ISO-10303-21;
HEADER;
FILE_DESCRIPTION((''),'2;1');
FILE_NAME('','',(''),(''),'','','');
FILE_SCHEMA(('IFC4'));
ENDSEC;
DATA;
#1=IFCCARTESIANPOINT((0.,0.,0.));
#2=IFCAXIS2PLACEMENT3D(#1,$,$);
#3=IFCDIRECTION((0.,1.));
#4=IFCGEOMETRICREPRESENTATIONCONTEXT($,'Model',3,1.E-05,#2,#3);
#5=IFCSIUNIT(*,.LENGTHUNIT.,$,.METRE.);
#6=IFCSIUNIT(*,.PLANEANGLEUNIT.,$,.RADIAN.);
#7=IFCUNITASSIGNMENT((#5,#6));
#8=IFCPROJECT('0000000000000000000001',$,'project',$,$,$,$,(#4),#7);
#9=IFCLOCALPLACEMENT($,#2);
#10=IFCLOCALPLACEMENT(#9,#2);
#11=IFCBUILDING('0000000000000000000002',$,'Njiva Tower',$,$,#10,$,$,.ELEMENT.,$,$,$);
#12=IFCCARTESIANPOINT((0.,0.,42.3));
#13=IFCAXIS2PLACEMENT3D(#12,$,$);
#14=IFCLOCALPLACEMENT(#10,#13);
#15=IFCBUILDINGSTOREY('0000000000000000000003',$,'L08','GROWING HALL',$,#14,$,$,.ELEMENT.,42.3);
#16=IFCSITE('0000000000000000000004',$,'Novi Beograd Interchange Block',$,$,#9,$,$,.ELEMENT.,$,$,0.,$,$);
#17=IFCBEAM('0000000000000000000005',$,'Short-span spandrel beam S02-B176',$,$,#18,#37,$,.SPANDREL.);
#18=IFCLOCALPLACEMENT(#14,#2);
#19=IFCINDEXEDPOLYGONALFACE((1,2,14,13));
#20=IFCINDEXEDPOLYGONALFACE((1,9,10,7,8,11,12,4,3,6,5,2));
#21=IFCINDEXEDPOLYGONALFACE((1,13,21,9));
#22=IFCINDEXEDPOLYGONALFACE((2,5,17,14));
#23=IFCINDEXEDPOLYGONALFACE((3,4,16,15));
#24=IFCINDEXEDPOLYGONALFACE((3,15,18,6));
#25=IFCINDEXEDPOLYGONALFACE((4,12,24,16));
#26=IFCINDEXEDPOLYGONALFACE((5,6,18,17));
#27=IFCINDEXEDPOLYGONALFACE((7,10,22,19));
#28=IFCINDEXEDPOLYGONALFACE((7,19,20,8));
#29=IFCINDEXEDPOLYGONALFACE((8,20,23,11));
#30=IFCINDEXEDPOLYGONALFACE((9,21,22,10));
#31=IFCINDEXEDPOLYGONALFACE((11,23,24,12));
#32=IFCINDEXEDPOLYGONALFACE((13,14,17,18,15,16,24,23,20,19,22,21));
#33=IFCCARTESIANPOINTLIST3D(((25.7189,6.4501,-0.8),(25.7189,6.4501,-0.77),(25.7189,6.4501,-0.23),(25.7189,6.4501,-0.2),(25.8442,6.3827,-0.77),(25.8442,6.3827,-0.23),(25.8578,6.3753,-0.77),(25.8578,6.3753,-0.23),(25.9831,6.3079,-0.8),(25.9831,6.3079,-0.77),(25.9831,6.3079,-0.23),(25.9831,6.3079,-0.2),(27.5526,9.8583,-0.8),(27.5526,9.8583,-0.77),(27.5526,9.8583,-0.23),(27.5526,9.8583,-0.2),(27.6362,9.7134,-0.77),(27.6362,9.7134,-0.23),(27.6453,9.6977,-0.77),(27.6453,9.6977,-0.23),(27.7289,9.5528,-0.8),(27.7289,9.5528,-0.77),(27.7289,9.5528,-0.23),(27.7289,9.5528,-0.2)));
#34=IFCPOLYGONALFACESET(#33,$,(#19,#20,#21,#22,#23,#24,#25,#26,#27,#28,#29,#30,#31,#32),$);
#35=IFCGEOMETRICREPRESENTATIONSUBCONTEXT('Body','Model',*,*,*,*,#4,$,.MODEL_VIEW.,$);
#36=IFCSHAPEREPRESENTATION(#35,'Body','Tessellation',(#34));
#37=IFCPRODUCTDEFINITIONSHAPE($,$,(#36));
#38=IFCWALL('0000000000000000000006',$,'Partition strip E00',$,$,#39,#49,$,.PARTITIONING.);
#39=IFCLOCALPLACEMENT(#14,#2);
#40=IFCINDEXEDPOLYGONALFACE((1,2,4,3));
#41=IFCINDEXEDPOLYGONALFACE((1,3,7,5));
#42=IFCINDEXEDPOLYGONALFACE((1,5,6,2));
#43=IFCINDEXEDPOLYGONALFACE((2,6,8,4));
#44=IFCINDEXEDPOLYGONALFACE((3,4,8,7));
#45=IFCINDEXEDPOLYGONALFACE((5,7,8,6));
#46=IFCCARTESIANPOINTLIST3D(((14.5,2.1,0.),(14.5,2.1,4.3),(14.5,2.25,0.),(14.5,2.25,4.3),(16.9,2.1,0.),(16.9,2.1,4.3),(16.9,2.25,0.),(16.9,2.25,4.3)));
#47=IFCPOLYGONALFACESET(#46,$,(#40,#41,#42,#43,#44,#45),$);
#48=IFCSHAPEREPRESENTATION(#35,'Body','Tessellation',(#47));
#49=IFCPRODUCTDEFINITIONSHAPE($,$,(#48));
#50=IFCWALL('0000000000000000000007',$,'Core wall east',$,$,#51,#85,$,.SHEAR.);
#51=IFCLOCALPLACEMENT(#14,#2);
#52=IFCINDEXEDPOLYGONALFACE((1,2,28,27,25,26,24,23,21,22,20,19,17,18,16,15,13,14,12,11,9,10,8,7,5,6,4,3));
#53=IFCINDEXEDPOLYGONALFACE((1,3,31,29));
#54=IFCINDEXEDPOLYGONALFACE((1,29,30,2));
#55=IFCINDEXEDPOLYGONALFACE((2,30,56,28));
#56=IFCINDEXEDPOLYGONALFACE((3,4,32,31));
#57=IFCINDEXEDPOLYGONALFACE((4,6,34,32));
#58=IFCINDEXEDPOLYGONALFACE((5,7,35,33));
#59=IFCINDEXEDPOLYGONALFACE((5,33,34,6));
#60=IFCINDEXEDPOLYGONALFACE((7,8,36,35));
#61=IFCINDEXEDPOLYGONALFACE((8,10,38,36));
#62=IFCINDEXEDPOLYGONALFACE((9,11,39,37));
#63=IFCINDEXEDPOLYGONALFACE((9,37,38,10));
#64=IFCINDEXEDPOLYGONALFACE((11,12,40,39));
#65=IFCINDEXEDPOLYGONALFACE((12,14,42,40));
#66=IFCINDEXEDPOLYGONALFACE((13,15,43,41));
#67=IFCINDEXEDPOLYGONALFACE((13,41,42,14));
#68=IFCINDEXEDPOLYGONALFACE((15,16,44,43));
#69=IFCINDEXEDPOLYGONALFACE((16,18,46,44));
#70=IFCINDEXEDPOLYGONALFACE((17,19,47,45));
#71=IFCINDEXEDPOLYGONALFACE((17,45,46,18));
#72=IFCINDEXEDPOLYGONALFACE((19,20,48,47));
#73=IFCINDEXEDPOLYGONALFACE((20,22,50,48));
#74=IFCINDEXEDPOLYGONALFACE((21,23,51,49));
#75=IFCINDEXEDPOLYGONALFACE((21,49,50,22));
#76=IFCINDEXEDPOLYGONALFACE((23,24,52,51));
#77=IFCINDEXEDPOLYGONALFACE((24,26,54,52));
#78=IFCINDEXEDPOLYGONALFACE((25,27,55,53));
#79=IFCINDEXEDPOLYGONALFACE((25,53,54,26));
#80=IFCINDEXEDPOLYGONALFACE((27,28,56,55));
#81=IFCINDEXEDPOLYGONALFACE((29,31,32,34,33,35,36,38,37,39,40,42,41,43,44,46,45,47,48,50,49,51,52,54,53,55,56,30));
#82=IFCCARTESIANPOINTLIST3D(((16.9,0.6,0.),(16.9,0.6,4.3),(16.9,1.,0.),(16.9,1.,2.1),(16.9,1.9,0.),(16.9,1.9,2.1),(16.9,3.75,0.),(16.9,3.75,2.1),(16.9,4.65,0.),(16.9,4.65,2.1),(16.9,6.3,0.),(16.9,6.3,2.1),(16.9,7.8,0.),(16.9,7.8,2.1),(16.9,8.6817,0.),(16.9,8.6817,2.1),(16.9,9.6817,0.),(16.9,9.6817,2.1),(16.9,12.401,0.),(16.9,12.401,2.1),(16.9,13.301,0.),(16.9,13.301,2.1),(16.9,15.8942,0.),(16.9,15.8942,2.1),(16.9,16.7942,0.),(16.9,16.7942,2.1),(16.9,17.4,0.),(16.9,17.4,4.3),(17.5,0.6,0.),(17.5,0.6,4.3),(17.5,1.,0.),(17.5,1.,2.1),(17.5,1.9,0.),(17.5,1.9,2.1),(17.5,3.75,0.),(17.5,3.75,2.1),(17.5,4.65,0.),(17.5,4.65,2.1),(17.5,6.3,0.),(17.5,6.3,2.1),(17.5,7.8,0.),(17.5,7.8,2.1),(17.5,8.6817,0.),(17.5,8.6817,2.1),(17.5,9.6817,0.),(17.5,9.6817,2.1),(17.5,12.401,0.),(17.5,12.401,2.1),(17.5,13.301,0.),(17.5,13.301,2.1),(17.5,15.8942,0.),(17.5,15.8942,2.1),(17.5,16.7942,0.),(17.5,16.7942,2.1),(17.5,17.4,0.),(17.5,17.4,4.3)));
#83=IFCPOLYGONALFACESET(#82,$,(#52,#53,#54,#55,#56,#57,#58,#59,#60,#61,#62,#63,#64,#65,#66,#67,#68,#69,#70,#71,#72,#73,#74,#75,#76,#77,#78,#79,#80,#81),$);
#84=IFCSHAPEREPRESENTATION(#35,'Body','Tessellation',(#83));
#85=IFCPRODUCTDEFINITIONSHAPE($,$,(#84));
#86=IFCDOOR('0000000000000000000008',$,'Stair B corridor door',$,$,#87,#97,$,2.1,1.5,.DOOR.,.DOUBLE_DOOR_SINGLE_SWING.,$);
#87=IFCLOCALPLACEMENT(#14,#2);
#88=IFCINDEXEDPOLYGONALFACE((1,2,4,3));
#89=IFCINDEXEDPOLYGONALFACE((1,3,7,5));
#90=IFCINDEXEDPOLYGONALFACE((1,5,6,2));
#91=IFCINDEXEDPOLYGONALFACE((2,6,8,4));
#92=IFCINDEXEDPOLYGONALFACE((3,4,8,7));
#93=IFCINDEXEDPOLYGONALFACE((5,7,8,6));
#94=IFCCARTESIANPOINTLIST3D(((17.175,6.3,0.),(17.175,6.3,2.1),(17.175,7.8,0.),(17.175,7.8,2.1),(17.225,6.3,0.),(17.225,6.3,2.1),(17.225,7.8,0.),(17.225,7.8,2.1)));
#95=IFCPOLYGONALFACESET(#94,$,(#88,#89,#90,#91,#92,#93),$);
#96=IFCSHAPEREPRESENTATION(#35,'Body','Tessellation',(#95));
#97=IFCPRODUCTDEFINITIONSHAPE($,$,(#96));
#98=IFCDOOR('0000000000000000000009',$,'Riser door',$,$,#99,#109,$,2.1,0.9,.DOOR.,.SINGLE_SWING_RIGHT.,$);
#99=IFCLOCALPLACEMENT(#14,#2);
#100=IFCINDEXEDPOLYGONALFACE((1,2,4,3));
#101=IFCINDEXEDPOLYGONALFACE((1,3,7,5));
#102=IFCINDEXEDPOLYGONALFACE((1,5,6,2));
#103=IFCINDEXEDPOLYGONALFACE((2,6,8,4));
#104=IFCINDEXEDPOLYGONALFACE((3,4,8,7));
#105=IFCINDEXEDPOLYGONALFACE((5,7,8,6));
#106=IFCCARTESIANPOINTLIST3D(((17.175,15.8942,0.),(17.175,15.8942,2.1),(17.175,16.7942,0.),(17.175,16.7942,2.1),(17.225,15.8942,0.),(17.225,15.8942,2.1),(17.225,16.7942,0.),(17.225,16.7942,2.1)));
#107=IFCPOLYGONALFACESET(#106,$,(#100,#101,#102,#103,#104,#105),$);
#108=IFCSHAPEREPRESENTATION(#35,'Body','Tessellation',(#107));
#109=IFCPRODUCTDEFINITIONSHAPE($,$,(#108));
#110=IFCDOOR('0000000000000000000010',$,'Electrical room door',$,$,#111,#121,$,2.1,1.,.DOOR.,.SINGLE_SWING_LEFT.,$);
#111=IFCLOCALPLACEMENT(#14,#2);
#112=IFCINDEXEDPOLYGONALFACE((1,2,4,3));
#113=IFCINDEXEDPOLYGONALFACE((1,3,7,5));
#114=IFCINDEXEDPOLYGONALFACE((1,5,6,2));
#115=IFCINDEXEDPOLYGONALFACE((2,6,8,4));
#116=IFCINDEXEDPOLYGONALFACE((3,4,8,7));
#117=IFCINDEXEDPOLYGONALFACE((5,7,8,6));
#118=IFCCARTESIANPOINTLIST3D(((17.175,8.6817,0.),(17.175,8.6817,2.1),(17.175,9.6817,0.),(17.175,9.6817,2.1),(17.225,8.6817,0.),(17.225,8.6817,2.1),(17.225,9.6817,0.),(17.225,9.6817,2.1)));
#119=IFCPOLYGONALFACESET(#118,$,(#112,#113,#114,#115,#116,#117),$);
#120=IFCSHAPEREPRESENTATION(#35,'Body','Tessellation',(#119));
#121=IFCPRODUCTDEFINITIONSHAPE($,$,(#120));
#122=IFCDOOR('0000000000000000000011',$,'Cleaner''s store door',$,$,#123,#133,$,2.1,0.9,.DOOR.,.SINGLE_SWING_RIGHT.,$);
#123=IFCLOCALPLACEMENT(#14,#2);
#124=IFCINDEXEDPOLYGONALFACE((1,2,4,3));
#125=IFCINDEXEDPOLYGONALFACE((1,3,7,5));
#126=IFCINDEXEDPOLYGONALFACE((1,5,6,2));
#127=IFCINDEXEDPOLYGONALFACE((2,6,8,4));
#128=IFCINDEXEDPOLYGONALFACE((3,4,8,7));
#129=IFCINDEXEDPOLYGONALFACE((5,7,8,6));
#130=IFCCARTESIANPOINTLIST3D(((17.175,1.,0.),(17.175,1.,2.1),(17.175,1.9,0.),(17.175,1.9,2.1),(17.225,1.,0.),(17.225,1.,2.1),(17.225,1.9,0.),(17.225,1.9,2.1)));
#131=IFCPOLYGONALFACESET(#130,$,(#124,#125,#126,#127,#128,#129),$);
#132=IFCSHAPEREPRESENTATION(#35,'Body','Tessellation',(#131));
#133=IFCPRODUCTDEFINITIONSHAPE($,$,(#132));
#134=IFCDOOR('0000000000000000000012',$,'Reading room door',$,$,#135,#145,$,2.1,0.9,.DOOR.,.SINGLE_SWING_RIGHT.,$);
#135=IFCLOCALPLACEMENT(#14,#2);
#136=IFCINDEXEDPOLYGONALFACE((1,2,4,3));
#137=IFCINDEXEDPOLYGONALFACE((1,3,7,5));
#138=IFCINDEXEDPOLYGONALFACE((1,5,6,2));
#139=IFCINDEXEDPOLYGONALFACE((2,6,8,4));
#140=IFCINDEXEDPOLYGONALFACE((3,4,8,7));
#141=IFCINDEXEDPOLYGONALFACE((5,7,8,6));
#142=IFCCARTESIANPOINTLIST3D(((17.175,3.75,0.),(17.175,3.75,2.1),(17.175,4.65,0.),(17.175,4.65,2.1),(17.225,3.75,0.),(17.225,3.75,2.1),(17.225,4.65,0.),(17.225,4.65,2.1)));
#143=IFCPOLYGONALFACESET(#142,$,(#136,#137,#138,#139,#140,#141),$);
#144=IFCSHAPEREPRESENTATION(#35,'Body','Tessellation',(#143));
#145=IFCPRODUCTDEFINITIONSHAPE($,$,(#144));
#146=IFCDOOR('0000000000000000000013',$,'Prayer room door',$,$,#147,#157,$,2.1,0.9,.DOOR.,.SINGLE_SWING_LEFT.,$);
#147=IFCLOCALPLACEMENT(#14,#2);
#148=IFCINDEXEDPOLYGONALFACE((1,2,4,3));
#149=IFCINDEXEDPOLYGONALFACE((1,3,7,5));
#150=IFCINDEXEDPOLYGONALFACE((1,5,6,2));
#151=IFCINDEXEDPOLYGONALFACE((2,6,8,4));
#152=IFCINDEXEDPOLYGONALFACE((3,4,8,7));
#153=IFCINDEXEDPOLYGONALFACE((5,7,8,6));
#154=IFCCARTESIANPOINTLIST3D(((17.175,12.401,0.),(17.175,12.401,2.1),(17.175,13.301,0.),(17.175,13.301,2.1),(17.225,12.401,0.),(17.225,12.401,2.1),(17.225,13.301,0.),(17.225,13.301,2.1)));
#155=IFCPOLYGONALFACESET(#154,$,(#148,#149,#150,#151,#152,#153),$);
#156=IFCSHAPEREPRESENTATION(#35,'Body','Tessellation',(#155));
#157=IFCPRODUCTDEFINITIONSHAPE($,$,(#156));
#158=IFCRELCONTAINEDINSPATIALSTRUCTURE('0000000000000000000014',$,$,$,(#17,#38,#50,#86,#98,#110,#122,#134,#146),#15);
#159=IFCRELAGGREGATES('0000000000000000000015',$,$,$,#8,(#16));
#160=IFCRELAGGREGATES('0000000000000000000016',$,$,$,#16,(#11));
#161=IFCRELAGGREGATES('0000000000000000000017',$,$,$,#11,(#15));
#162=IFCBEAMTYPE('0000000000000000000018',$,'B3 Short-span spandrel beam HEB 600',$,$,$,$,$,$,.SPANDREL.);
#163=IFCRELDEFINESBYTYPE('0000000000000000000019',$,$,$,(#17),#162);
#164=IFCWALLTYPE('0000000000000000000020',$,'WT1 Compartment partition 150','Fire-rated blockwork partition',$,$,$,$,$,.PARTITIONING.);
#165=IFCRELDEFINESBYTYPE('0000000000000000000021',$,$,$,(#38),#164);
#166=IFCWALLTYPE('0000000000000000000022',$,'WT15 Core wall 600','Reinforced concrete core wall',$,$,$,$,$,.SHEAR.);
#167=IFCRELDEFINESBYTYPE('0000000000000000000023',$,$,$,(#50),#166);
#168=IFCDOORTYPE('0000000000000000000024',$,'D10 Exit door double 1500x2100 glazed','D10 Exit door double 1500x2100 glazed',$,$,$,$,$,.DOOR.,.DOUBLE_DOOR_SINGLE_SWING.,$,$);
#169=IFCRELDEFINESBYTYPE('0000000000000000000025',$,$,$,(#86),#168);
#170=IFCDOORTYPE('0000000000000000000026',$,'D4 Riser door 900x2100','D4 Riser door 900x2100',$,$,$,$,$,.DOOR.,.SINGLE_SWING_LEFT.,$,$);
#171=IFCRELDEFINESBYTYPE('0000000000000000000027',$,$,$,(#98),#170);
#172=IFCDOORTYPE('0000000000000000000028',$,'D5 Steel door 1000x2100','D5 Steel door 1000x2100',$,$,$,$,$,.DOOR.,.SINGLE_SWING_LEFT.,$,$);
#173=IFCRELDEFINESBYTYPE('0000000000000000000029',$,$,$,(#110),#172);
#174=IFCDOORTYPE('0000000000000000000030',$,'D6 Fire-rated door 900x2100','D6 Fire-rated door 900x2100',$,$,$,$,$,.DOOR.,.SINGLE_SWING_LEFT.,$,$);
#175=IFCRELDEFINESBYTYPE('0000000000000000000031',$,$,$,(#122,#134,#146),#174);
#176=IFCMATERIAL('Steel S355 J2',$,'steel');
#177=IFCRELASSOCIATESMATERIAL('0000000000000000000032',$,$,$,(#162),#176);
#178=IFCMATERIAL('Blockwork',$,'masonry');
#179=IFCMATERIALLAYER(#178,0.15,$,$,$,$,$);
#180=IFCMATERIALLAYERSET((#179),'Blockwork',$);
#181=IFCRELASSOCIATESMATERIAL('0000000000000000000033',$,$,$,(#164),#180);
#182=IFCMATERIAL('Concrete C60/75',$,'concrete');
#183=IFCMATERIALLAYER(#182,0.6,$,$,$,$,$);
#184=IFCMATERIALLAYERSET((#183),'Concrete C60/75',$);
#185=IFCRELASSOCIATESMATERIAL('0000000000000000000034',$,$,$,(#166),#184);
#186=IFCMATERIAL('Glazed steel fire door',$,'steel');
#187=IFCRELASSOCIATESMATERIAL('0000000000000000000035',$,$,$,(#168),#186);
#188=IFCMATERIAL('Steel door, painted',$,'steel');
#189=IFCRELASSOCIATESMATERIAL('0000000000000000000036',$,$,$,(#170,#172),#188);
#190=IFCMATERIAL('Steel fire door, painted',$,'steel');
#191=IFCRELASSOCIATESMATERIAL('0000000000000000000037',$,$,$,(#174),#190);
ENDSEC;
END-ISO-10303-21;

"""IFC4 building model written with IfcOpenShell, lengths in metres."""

from ifc_helpers import new_model, si_unit, direction, frame, frame_2d, origin, origin_2d, place, context, subcontext, project, spatial, rectangle, i_section, extrude, clip, halfspace, material, layer, layer_set, material_profile, profile_set, type_object, element, fill, save


model = new_model("IFC4")

# Units and contexts
model_context = context("Model", 3, precision=1e-05, world=origin(), true_north=direction((0.0, 1.0)))
body_context = subcontext(model_context, "Body", "Model", "MODEL_VIEW")
ifc_project = project(units=[si_unit("LENGTHUNIT", "METRE"), si_unit("PLANEANGLEUNIT", "RADIAN")], contexts=[model_context])

# Site, building, storey
site_placement = place(None, origin())
site = spatial("IfcSite", under=ifc_project, at=site_placement, Name="Novi Beograd Interchange Block", CompositionType="ELEMENT", RefElevation=0.0)
building_placement = place(site_placement, origin())
building = spatial("IfcBuilding", under=site, at=building_placement, Name="Njiva Tower", CompositionType="ELEMENT")
storey_placement = place(building_placement, frame((0.0, 0.0, 42.3)))
storey = spatial("IfcBuildingStorey", under=building, at=storey_placement, Name="L08", Description="GROWING HALL", CompositionType="ELEMENT", Elevation=42.3)

# Shared definitions
ifc_material_1 = material(Name="Steel S355 J2", Category="steel")

# Beam
ifc_material_profile_1 = material_profile(ifc_material_1, i_section(OverallWidth=0.3, OverallDepth=0.6, WebThickness=0.0155, FlangeThickness=0.03, at=origin_2d()), Name="HEB 600")
ifc_profile_set_1 = profile_set([ifc_material_profile_1], Name="Steel S355 J2")
beam_type_1 = type_object("IfcBeamType", Name="B3 Short-span spandrel beam HEB 600", PredefinedType="SPANDREL", material=ifc_profile_set_1)
beam_1_placement = place(storey_placement, frame((25.851, 6.379, -0.5), z_axis=(0.4738, 0.880633, 0.0), x_axis=(-0.880633, 0.4738, 0.0)))
element("IfcBeam", 1, at=beam_1_placement, inside=storey, type_object=beam_type_1, Name="Short-span spandrel beam S02-B176", PredefinedType="SPANDREL", context=body_context, shape_type="Clipping", body=[
    clip(extrude(i_section(OverallWidth=0.3, OverallDepth=0.6, WebThickness=0.0155, FlangeThickness=0.03, at=origin_2d()), origin(), (0.0, 0.0, 1.0), 3.891), halfspace(frame((-0.0263, 0.0, 3.7612), z_axis=(-0.525752, 0.0, 0.850638), x_axis=(0.0, 1.0, 0.0)), False)),
])

# Wall
ifc_material_2 = material(Name="Blockwork", Category="masonry")
ifc_layer_1 = layer(ifc_material_2, 0.15)
ifc_layer_set_1 = layer_set([ifc_layer_1], Name="Blockwork")
wall_type_1 = type_object("IfcWallType", Name="WT1 Compartment partition 150", Description="Fire-rated blockwork partition", PredefinedType="PARTITIONING", material=ifc_layer_set_1)
wall_1_placement = place(storey_placement, frame((14.5, 2.175, 0.0), z_axis=(0.0, 0.0, 1.0), x_axis=(1.0, 0.0, 0.0)))
element("IfcWall", 2, at=wall_1_placement, inside=storey, type_object=wall_type_1, Name="Partition strip E00", PredefinedType="PARTITIONING", context=body_context, shape_type="SweptSolid", body=[
    extrude(rectangle(XDim=2.4, YDim=0.15, at=frame_2d((1.2, 0.0))), origin(), (0.0, 0.0, 1.0), 4.3),
])

# Wall, openings, doors
ifc_material_3 = material(Name="Concrete C60/75", Category="concrete")
ifc_layer_2 = layer(ifc_material_3, 0.6)
ifc_layer_set_2 = layer_set([ifc_layer_2], Name="Concrete C60/75")
wall_type_2 = type_object("IfcWallType", Name="WT15 Core wall 600", Description="Reinforced concrete core wall", PredefinedType="SHEAR", material=ifc_layer_set_2)
wall_2_placement = place(storey_placement, frame((17.2, 0.6, 0.0), z_axis=(0.0, 0.0, 1.0), x_axis=(0.0, 1.0, 0.0)))
wall_2 = element("IfcWall", 3, at=wall_2_placement, inside=storey, type_object=wall_type_2, Name="Core wall east", PredefinedType="SHEAR", context=body_context, shape_type="SweptSolid", body=[
    extrude(rectangle(XDim=16.8, YDim=0.6, at=frame_2d((8.4, 0.0))), origin(), (0.0, 0.0, 1.0), 4.3),
])
opening_1_placement = place(wall_2_placement, frame((5.7, 0.0, 0.0)))
opening_1 = element("IfcOpeningElement", 4, at=opening_1_placement, cuts=wall_2, PredefinedType="OPENING", context=body_context, shape_type="SweptSolid", body=[
    extrude(rectangle(XDim=1.5, YDim=2.1, at=frame_2d((0.75, 1.05))), frame((0.0, 0.31, 0.0), z_axis=(0.0, -1.0, 0.0), x_axis=(1.0, 0.0, 0.0)), (0.0, 0.0, 1.0), 0.62),
])
opening_2_placement = place(wall_2_placement, frame((0.4, 0.0, 0.0)))
opening_2 = element("IfcOpeningElement", 5, at=opening_2_placement, cuts=wall_2, PredefinedType="OPENING", context=body_context, shape_type="SweptSolid", body=[
    extrude(rectangle(XDim=0.9, YDim=2.1, at=frame_2d((0.45, 1.05))), frame((0.0, 0.31, 0.0), z_axis=(0.0, -1.0, 0.0), x_axis=(1.0, 0.0, 0.0)), (0.0, 0.0, 1.0), 0.62),
])
opening_3_placement = place(wall_2_placement, frame((3.15, 0.0, 0.0)))
opening_3 = element("IfcOpeningElement", 6, at=opening_3_placement, cuts=wall_2, PredefinedType="OPENING", context=body_context, shape_type="SweptSolid", body=[
    extrude(rectangle(XDim=0.9, YDim=2.1, at=frame_2d((0.45, 1.05))), frame((0.0, 0.31, 0.0), z_axis=(0.0, -1.0, 0.0), x_axis=(1.0, 0.0, 0.0)), (0.0, 0.0, 1.0), 0.62),
])
opening_4_placement = place(wall_2_placement, frame((8.0817, 0.0, 0.0)))
opening_4 = element("IfcOpeningElement", 7, at=opening_4_placement, cuts=wall_2, PredefinedType="OPENING", context=body_context, shape_type="SweptSolid", body=[
    extrude(rectangle(XDim=1.0, YDim=2.1, at=frame_2d((0.5, 1.05))), frame((0.0, 0.31, 0.0), z_axis=(0.0, -1.0, 0.0), x_axis=(1.0, 0.0, 0.0)), (0.0, 0.0, 1.0), 0.62),
])
opening_5_placement = place(wall_2_placement, frame((11.801, 0.0, 0.0)))
opening_5 = element("IfcOpeningElement", 8, at=opening_5_placement, cuts=wall_2, PredefinedType="OPENING", context=body_context, shape_type="SweptSolid", body=[
    extrude(rectangle(XDim=0.9, YDim=2.1, at=frame_2d((0.45, 1.05))), frame((0.0, 0.31, 0.0), z_axis=(0.0, -1.0, 0.0), x_axis=(1.0, 0.0, 0.0)), (0.0, 0.0, 1.0), 0.62),
])
opening_6_placement = place(wall_2_placement, frame((15.2942, 0.0, 0.0)))
opening_6 = element("IfcOpeningElement", 9, at=opening_6_placement, cuts=wall_2, PredefinedType="OPENING", context=body_context, shape_type="SweptSolid", body=[
    extrude(rectangle(XDim=0.9, YDim=2.1, at=frame_2d((0.45, 1.05))), frame((0.0, 0.31, 0.0), z_axis=(0.0, -1.0, 0.0), x_axis=(1.0, 0.0, 0.0)), (0.0, 0.0, 1.0), 0.62),
])
ifc_material_4 = material(Name="Glazed steel fire door", Category="steel")
door_type_1 = type_object("IfcDoorType", Name="D10 Exit door double 1500x2100 glazed", Description="D10 Exit door double 1500x2100 glazed", OperationType="DOUBLE_DOOR_SINGLE_SWING", PredefinedType="DOOR", material=ifc_material_4)
door_1_placement = place(opening_1_placement, origin())
door_1 = element("IfcDoor", 10, at=door_1_placement, inside=storey, type_object=door_type_1, Name="Stair B corridor door", OperationType="DOUBLE_DOOR_SINGLE_SWING", OverallHeight=2.1, OverallWidth=1.5, PredefinedType="DOOR", context=body_context, shape_type="SweptSolid", body=[
    extrude(rectangle(XDim=1.5, YDim=2.1, at=frame_2d((0.75, 1.05))), frame((0.0, 0.025, 0.0), z_axis=(0.0, -1.0, 0.0), x_axis=(1.0, 0.0, 0.0)), (0.0, 0.0, 1.0), 0.05),
])
fill(opening_1, door_1)
ifc_material_5 = material(Name="Steel door, painted", Category="steel")
door_type_2 = type_object("IfcDoorType", Name="D4 Riser door 900x2100", Description="D4 Riser door 900x2100", OperationType="SINGLE_SWING_LEFT", PredefinedType="DOOR", material=ifc_material_5)
door_2_placement = place(opening_6_placement, origin())
door_2 = element("IfcDoor", 11, at=door_2_placement, inside=storey, type_object=door_type_2, Name="Riser door", OperationType="SINGLE_SWING_RIGHT", OverallHeight=2.1, OverallWidth=0.9, PredefinedType="DOOR", context=body_context, shape_type="SweptSolid", body=[
    extrude(rectangle(XDim=0.9, YDim=2.1, at=frame_2d((0.45, 1.05))), frame((0.0, 0.025, 0.0), z_axis=(0.0, -1.0, 0.0), x_axis=(1.0, 0.0, 0.0)), (0.0, 0.0, 1.0), 0.05),
])
fill(opening_6, door_2)
door_type_3 = type_object("IfcDoorType", Name="D5 Steel door 1000x2100", Description="D5 Steel door 1000x2100", OperationType="SINGLE_SWING_LEFT", PredefinedType="DOOR", material=ifc_material_5)
door_3_placement = place(opening_4_placement, origin())
door_3 = element("IfcDoor", 12, at=door_3_placement, inside=storey, type_object=door_type_3, Name="Electrical room door", OperationType="SINGLE_SWING_LEFT", OverallHeight=2.1, OverallWidth=1.0, PredefinedType="DOOR", context=body_context, shape_type="SweptSolid", body=[
    extrude(rectangle(XDim=1.0, YDim=2.1, at=frame_2d((0.5, 1.05))), frame((0.0, 0.025, 0.0), z_axis=(0.0, -1.0, 0.0), x_axis=(1.0, 0.0, 0.0)), (0.0, 0.0, 1.0), 0.05),
])
fill(opening_4, door_3)
ifc_material_6 = material(Name="Steel fire door, painted", Category="steel")
door_type_4 = type_object("IfcDoorType", Name="D6 Fire-rated door 900x2100", Description="D6 Fire-rated door 900x2100", OperationType="SINGLE_SWING_LEFT", PredefinedType="DOOR", material=ifc_material_6)
door_4_placement = place(opening_2_placement, origin())
door_4 = element("IfcDoor", 13, at=door_4_placement, inside=storey, type_object=door_type_4, Name="Cleaner's store door", OperationType="SINGLE_SWING_RIGHT", OverallHeight=2.1, OverallWidth=0.9, PredefinedType="DOOR", context=body_context, shape_type="SweptSolid", body=[
    extrude(rectangle(XDim=0.9, YDim=2.1, at=frame_2d((0.45, 1.05))), frame((0.0, 0.025, 0.0), z_axis=(0.0, -1.0, 0.0), x_axis=(1.0, 0.0, 0.0)), (0.0, 0.0, 1.0), 0.05),
])
fill(opening_2, door_4)
door_5_placement = place(opening_3_placement, origin())
door_5 = element("IfcDoor", 14, at=door_5_placement, inside=storey, type_object=door_type_4, Name="Reading room door", OperationType="SINGLE_SWING_RIGHT", OverallHeight=2.1, OverallWidth=0.9, PredefinedType="DOOR", context=body_context, shape_type="SweptSolid", body=[
    extrude(rectangle(XDim=0.9, YDim=2.1, at=frame_2d((0.45, 1.05))), frame((0.0, 0.025, 0.0), z_axis=(0.0, -1.0, 0.0), x_axis=(1.0, 0.0, 0.0)), (0.0, 0.0, 1.0), 0.05),
])
fill(opening_3, door_5)
door_6_placement = place(opening_5_placement, origin())
door_6 = element("IfcDoor", 15, at=door_6_placement, inside=storey, type_object=door_type_4, Name="Prayer room door", OperationType="SINGLE_SWING_LEFT", OverallHeight=2.1, OverallWidth=0.9, PredefinedType="DOOR", context=body_context, shape_type="SweptSolid", body=[
    extrude(rectangle(XDim=0.9, YDim=2.1, at=frame_2d((0.45, 1.05))), frame((0.0, 0.025, 0.0), z_axis=(0.0, -1.0, 0.0), x_axis=(1.0, 0.0, 0.0)), (0.0, 0.0, 1.0), 0.05),
])
fill(opening_5, door_6)

save(model, "model.ifc")
